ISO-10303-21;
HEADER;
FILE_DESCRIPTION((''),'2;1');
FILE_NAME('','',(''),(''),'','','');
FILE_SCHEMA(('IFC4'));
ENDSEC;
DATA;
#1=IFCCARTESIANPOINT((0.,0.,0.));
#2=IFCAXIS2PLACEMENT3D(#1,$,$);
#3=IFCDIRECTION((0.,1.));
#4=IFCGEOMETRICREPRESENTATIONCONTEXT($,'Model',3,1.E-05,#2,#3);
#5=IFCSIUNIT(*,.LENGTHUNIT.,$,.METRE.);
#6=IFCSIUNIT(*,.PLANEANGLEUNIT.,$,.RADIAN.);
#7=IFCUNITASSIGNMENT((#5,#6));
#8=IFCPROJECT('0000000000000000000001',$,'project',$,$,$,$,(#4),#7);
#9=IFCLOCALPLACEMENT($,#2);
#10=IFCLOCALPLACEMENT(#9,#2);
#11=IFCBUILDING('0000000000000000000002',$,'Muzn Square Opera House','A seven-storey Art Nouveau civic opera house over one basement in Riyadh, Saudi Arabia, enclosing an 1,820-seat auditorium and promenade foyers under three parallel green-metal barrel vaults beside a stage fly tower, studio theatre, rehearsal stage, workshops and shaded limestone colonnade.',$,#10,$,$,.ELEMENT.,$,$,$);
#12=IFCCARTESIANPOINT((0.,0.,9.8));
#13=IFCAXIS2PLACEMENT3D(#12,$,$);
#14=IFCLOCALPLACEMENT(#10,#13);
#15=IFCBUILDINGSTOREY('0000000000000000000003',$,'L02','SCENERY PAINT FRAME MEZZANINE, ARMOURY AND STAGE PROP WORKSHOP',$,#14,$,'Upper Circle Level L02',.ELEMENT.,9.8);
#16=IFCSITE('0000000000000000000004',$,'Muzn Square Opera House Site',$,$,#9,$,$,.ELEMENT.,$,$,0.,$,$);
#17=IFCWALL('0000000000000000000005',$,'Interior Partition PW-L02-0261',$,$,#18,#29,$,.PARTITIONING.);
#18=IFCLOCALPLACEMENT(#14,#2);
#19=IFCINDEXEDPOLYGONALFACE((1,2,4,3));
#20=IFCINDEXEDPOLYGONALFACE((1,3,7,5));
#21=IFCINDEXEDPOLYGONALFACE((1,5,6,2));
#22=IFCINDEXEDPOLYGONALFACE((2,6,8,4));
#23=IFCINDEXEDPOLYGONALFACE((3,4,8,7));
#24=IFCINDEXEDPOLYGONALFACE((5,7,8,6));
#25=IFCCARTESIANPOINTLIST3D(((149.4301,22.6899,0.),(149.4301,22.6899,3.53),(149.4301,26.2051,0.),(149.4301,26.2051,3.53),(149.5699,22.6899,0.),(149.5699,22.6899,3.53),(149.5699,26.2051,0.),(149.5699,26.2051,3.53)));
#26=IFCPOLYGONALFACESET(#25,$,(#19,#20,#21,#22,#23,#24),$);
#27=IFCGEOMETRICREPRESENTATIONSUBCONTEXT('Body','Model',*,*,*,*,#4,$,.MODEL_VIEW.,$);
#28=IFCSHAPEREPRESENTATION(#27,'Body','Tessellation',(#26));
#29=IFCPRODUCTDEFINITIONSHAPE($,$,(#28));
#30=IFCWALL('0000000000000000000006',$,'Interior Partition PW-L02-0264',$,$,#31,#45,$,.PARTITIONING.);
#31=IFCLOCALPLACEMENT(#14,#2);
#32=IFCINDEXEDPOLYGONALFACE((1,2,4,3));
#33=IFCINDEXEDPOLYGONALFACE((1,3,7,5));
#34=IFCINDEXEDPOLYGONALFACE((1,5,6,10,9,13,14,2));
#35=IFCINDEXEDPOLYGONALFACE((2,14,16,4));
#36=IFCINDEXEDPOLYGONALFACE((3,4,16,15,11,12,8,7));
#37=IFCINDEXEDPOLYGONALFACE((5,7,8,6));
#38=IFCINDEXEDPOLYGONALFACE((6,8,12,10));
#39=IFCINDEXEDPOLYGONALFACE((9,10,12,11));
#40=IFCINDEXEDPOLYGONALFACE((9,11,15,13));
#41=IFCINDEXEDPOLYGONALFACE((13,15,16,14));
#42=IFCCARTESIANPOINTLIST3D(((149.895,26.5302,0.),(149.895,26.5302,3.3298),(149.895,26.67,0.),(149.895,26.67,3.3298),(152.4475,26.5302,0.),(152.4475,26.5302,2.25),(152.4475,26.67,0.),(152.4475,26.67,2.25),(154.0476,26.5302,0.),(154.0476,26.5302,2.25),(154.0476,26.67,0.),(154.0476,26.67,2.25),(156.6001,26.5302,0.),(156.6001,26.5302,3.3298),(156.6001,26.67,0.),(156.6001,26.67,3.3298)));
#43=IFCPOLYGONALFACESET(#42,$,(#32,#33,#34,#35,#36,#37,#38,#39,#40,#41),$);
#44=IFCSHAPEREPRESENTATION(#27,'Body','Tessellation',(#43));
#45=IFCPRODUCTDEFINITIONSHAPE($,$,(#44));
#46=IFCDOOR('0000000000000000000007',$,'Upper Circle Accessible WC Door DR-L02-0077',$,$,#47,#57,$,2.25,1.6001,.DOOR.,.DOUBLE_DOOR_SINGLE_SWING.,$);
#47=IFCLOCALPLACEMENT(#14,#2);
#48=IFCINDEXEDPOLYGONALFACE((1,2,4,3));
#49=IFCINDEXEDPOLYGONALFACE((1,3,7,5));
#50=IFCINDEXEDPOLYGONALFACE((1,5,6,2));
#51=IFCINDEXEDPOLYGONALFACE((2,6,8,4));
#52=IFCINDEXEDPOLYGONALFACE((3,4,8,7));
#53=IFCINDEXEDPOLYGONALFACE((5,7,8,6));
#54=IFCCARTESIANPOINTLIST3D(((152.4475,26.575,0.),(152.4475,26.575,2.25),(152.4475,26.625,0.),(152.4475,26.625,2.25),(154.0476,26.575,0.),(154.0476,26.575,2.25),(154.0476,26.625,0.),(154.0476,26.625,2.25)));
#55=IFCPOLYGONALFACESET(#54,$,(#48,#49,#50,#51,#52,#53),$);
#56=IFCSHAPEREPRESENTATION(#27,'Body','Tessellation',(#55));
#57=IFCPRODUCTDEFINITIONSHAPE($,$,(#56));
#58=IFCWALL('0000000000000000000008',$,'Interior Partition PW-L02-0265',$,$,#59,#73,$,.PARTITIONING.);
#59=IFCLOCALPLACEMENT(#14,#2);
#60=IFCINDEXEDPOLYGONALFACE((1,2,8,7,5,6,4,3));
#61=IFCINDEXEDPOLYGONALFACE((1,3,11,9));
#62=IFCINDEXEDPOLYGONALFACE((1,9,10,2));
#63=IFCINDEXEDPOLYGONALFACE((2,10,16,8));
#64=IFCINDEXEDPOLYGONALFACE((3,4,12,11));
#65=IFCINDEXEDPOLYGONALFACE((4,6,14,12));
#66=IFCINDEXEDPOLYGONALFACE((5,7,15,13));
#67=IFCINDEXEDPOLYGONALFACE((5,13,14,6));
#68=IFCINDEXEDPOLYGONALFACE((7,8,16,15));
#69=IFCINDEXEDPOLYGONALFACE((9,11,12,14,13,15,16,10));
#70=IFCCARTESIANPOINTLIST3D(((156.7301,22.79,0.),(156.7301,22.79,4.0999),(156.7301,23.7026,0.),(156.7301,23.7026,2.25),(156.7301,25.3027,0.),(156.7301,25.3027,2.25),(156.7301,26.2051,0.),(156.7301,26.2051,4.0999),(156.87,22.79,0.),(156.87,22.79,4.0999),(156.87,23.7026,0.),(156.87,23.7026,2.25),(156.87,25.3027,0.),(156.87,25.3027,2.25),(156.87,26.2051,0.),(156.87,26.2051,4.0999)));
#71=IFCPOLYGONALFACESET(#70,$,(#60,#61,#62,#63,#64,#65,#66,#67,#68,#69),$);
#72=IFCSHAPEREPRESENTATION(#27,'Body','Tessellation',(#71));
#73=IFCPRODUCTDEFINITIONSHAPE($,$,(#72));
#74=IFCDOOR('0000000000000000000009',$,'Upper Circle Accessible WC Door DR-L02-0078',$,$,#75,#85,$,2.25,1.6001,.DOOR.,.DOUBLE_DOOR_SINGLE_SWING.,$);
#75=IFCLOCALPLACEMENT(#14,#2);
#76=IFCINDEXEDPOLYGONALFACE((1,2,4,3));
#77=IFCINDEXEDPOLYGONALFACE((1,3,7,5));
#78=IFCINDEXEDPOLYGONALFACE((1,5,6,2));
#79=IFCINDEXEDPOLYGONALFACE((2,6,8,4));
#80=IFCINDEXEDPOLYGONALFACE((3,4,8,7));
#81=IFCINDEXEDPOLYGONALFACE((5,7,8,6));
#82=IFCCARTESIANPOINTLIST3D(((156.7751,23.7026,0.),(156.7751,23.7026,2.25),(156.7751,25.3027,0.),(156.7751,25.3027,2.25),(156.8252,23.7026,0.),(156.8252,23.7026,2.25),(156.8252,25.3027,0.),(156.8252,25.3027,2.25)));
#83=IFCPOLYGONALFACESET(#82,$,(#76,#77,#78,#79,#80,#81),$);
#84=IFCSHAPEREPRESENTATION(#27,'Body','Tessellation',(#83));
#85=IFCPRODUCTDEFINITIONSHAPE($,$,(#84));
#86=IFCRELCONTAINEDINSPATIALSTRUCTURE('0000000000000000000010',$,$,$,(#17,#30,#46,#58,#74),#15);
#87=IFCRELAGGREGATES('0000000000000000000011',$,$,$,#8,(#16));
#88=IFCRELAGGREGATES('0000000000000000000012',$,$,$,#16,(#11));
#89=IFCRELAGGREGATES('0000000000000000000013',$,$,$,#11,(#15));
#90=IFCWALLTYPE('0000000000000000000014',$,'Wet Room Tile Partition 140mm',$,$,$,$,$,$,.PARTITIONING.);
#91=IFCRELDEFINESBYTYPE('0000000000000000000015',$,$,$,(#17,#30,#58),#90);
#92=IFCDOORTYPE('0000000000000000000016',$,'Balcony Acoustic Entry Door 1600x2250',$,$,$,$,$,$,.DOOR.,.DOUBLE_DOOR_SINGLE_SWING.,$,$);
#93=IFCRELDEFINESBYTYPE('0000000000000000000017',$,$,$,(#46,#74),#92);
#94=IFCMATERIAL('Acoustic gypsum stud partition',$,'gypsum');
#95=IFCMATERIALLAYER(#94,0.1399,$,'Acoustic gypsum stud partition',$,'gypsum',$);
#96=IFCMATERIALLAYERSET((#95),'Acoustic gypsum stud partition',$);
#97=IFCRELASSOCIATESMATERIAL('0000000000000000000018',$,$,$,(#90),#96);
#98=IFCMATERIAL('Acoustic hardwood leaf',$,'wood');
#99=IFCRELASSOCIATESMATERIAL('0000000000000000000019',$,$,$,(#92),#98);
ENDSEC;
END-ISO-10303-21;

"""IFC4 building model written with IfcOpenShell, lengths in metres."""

from ifc_helpers import new_model, si_unit, direction, frame, frame_2d, origin, place, context, subcontext, project, spatial, rectangle, extrude, material, layer, layer_set, type_object, element, fill, save


model = new_model("IFC4")

# Units and contexts
model_context = context("Model", 3, precision=1e-05, world=origin(), true_north=direction((0.0, 1.0)))
body_context = subcontext(model_context, "Body", "Model", "MODEL_VIEW")
ifc_project = project(units=[si_unit("LENGTHUNIT", "METRE"), si_unit("PLANEANGLEUNIT", "RADIAN")], contexts=[model_context])

# Site, building, storey
site_placement = place(None, origin())
site = spatial("IfcSite", under=ifc_project, at=site_placement, Name="Muzn Square Opera House Site", CompositionType="ELEMENT", RefElevation=0.0)
building_placement = place(site_placement, origin())
building = spatial("IfcBuilding", under=site, at=building_placement, Name="Muzn Square Opera House", Description="A seven-storey Art Nouveau civic opera house over one basement in Riyadh, Saudi Arabia, enclosing an 1,820-seat auditorium and promenade foyers under three parallel green-metal barrel vaults beside a stage fly tower, studio theatre, rehearsal stage, workshops and shaded limestone colonnade.", CompositionType="ELEMENT")
storey_placement = place(building_placement, frame((0.0, 0.0, 9.8)))
storey = spatial("IfcBuildingStorey", under=building, at=storey_placement, Name="L02", Description="SCENERY PAINT FRAME MEZZANINE, ARMOURY AND STAGE PROP WORKSHOP", LongName="Upper Circle Level L02", CompositionType="ELEMENT", Elevation=9.8)

# Wall
ifc_material_1 = material(Name="Acoustic gypsum stud partition", Category="gypsum")
ifc_layer_1 = layer(ifc_material_1, 0.1399, Name="Acoustic gypsum stud partition", Category="gypsum")
ifc_layer_set_1 = layer_set([ifc_layer_1], Name="Acoustic gypsum stud partition")
wall_type_1 = type_object("IfcWallType", Name="Wet Room Tile Partition 140mm", PredefinedType="PARTITIONING", material=ifc_layer_set_1)
wall_1_placement = place(storey_placement, frame((149.5, 22.6899, 0.0), z_axis=(0.0, 0.0, 1.0), x_axis=(0.0, 1.0, 0.0)))
element("IfcWall", 1, at=wall_1_placement, inside=storey, type_object=wall_type_1, Name="Interior Partition PW-L02-0261", PredefinedType="PARTITIONING", context=body_context, shape_type="SweptSolid", body=[
    extrude(rectangle(XDim=3.5151, YDim=0.1399, at=frame_2d((1.7576, 0.0))), origin(), (0.0, 0.0, 1.0), 3.53),
])

# Walls, openings, doors
wall_2_placement = place(storey_placement, frame((149.895, 26.6001, 0.0), z_axis=(0.0, 0.0, 1.0), x_axis=(1.0, 0.0, 0.0)))
wall_2 = element("IfcWall", 2, at=wall_2_placement, inside=storey, type_object=wall_type_1, Name="Interior Partition PW-L02-0264", PredefinedType="PARTITIONING", context=body_context, shape_type="SweptSolid", body=[
    extrude(rectangle(XDim=6.7051, YDim=0.1399, at=frame_2d((3.3525, 0.0))), origin(), (0.0, 0.0, 1.0), 3.3298),
])
opening_1_placement = place(wall_2_placement, frame((2.5525, 0.0, 0.0)))
opening_1 = element("IfcOpeningElement", 3, at=opening_1_placement, cuts=wall_2, PredefinedType="OPENING", context=body_context, shape_type="SweptSolid", body=[
    extrude(rectangle(XDim=1.6001, YDim=2.25, at=frame_2d((0.8, 1.125))), frame((0.0, 0.0798, 0.0), z_axis=(0.0, -1.0, 0.0), x_axis=(1.0, 0.0, 0.0)), (0.0, 0.0, 1.0), 0.1599),
])
ifc_material_2 = material(Name="Acoustic hardwood leaf", Category="wood")
door_type_1 = type_object("IfcDoorType", Name="Balcony Acoustic Entry Door 1600x2250", OperationType="DOUBLE_DOOR_SINGLE_SWING", PredefinedType="DOOR", material=ifc_material_2)
door_1_placement = place(opening_1_placement, origin())
door_1 = element("IfcDoor", 4, at=door_1_placement, inside=storey, type_object=door_type_1, Name="Upper Circle Accessible WC Door DR-L02-0077", OperationType="DOUBLE_DOOR_SINGLE_SWING", OverallHeight=2.25, OverallWidth=1.6001, PredefinedType="DOOR", context=body_context, shape_type="SweptSolid", body=[
    extrude(rectangle(XDim=1.6001, YDim=2.25, at=frame_2d((0.8, 1.125))), frame((0.0, 0.0249, 0.0), z_axis=(0.0, -1.0, 0.0), x_axis=(1.0, 0.0, 0.0)), (0.0, 0.0, 1.0), 0.05),
])
fill(opening_1, door_1)
wall_3_placement = place(storey_placement, frame((156.8, 22.79, 0.0), z_axis=(0.0, 0.0, 1.0), x_axis=(0.0, 1.0, 0.0)))
wall_3 = element("IfcWall", 5, at=wall_3_placement, inside=storey, type_object=wall_type_1, Name="Interior Partition PW-L02-0265", PredefinedType="PARTITIONING", context=body_context, shape_type="SweptSolid", body=[
    extrude(rectangle(XDim=3.415, YDim=0.1399, at=frame_2d((1.7075, 0.0))), origin(), (0.0, 0.0, 1.0), 4.0999),
])
opening_2_placement = place(wall_3_placement, frame((0.9126, 0.0, 0.0)))
opening_2 = element("IfcOpeningElement", 6, at=opening_2_placement, cuts=wall_3, PredefinedType="OPENING", context=body_context, shape_type="SweptSolid", body=[
    extrude(rectangle(XDim=1.6001, YDim=2.25, at=frame_2d((0.8, 1.125))), frame((0.0, 0.0798, 0.0), z_axis=(0.0, -1.0, 0.0), x_axis=(1.0, 0.0, 0.0)), (0.0, 0.0, 1.0), 0.1599),
])
door_2_placement = place(opening_2_placement, origin())
door_2 = element("IfcDoor", 7, at=door_2_placement, inside=storey, type_object=door_type_1, Name="Upper Circle Accessible WC Door DR-L02-0078", OperationType="DOUBLE_DOOR_SINGLE_SWING", OverallHeight=2.25, OverallWidth=1.6001, PredefinedType="DOOR", context=body_context, shape_type="SweptSolid", body=[
    extrude(rectangle(XDim=1.6001, YDim=2.25, at=frame_2d((0.8, 1.125))), frame((0.0, 0.0249, 0.0), z_axis=(0.0, -1.0, 0.0), x_axis=(1.0, 0.0, 0.0)), (0.0, 0.0, 1.0), 0.05),
])
fill(opening_2, door_2)

save(model, "model.ifc")
